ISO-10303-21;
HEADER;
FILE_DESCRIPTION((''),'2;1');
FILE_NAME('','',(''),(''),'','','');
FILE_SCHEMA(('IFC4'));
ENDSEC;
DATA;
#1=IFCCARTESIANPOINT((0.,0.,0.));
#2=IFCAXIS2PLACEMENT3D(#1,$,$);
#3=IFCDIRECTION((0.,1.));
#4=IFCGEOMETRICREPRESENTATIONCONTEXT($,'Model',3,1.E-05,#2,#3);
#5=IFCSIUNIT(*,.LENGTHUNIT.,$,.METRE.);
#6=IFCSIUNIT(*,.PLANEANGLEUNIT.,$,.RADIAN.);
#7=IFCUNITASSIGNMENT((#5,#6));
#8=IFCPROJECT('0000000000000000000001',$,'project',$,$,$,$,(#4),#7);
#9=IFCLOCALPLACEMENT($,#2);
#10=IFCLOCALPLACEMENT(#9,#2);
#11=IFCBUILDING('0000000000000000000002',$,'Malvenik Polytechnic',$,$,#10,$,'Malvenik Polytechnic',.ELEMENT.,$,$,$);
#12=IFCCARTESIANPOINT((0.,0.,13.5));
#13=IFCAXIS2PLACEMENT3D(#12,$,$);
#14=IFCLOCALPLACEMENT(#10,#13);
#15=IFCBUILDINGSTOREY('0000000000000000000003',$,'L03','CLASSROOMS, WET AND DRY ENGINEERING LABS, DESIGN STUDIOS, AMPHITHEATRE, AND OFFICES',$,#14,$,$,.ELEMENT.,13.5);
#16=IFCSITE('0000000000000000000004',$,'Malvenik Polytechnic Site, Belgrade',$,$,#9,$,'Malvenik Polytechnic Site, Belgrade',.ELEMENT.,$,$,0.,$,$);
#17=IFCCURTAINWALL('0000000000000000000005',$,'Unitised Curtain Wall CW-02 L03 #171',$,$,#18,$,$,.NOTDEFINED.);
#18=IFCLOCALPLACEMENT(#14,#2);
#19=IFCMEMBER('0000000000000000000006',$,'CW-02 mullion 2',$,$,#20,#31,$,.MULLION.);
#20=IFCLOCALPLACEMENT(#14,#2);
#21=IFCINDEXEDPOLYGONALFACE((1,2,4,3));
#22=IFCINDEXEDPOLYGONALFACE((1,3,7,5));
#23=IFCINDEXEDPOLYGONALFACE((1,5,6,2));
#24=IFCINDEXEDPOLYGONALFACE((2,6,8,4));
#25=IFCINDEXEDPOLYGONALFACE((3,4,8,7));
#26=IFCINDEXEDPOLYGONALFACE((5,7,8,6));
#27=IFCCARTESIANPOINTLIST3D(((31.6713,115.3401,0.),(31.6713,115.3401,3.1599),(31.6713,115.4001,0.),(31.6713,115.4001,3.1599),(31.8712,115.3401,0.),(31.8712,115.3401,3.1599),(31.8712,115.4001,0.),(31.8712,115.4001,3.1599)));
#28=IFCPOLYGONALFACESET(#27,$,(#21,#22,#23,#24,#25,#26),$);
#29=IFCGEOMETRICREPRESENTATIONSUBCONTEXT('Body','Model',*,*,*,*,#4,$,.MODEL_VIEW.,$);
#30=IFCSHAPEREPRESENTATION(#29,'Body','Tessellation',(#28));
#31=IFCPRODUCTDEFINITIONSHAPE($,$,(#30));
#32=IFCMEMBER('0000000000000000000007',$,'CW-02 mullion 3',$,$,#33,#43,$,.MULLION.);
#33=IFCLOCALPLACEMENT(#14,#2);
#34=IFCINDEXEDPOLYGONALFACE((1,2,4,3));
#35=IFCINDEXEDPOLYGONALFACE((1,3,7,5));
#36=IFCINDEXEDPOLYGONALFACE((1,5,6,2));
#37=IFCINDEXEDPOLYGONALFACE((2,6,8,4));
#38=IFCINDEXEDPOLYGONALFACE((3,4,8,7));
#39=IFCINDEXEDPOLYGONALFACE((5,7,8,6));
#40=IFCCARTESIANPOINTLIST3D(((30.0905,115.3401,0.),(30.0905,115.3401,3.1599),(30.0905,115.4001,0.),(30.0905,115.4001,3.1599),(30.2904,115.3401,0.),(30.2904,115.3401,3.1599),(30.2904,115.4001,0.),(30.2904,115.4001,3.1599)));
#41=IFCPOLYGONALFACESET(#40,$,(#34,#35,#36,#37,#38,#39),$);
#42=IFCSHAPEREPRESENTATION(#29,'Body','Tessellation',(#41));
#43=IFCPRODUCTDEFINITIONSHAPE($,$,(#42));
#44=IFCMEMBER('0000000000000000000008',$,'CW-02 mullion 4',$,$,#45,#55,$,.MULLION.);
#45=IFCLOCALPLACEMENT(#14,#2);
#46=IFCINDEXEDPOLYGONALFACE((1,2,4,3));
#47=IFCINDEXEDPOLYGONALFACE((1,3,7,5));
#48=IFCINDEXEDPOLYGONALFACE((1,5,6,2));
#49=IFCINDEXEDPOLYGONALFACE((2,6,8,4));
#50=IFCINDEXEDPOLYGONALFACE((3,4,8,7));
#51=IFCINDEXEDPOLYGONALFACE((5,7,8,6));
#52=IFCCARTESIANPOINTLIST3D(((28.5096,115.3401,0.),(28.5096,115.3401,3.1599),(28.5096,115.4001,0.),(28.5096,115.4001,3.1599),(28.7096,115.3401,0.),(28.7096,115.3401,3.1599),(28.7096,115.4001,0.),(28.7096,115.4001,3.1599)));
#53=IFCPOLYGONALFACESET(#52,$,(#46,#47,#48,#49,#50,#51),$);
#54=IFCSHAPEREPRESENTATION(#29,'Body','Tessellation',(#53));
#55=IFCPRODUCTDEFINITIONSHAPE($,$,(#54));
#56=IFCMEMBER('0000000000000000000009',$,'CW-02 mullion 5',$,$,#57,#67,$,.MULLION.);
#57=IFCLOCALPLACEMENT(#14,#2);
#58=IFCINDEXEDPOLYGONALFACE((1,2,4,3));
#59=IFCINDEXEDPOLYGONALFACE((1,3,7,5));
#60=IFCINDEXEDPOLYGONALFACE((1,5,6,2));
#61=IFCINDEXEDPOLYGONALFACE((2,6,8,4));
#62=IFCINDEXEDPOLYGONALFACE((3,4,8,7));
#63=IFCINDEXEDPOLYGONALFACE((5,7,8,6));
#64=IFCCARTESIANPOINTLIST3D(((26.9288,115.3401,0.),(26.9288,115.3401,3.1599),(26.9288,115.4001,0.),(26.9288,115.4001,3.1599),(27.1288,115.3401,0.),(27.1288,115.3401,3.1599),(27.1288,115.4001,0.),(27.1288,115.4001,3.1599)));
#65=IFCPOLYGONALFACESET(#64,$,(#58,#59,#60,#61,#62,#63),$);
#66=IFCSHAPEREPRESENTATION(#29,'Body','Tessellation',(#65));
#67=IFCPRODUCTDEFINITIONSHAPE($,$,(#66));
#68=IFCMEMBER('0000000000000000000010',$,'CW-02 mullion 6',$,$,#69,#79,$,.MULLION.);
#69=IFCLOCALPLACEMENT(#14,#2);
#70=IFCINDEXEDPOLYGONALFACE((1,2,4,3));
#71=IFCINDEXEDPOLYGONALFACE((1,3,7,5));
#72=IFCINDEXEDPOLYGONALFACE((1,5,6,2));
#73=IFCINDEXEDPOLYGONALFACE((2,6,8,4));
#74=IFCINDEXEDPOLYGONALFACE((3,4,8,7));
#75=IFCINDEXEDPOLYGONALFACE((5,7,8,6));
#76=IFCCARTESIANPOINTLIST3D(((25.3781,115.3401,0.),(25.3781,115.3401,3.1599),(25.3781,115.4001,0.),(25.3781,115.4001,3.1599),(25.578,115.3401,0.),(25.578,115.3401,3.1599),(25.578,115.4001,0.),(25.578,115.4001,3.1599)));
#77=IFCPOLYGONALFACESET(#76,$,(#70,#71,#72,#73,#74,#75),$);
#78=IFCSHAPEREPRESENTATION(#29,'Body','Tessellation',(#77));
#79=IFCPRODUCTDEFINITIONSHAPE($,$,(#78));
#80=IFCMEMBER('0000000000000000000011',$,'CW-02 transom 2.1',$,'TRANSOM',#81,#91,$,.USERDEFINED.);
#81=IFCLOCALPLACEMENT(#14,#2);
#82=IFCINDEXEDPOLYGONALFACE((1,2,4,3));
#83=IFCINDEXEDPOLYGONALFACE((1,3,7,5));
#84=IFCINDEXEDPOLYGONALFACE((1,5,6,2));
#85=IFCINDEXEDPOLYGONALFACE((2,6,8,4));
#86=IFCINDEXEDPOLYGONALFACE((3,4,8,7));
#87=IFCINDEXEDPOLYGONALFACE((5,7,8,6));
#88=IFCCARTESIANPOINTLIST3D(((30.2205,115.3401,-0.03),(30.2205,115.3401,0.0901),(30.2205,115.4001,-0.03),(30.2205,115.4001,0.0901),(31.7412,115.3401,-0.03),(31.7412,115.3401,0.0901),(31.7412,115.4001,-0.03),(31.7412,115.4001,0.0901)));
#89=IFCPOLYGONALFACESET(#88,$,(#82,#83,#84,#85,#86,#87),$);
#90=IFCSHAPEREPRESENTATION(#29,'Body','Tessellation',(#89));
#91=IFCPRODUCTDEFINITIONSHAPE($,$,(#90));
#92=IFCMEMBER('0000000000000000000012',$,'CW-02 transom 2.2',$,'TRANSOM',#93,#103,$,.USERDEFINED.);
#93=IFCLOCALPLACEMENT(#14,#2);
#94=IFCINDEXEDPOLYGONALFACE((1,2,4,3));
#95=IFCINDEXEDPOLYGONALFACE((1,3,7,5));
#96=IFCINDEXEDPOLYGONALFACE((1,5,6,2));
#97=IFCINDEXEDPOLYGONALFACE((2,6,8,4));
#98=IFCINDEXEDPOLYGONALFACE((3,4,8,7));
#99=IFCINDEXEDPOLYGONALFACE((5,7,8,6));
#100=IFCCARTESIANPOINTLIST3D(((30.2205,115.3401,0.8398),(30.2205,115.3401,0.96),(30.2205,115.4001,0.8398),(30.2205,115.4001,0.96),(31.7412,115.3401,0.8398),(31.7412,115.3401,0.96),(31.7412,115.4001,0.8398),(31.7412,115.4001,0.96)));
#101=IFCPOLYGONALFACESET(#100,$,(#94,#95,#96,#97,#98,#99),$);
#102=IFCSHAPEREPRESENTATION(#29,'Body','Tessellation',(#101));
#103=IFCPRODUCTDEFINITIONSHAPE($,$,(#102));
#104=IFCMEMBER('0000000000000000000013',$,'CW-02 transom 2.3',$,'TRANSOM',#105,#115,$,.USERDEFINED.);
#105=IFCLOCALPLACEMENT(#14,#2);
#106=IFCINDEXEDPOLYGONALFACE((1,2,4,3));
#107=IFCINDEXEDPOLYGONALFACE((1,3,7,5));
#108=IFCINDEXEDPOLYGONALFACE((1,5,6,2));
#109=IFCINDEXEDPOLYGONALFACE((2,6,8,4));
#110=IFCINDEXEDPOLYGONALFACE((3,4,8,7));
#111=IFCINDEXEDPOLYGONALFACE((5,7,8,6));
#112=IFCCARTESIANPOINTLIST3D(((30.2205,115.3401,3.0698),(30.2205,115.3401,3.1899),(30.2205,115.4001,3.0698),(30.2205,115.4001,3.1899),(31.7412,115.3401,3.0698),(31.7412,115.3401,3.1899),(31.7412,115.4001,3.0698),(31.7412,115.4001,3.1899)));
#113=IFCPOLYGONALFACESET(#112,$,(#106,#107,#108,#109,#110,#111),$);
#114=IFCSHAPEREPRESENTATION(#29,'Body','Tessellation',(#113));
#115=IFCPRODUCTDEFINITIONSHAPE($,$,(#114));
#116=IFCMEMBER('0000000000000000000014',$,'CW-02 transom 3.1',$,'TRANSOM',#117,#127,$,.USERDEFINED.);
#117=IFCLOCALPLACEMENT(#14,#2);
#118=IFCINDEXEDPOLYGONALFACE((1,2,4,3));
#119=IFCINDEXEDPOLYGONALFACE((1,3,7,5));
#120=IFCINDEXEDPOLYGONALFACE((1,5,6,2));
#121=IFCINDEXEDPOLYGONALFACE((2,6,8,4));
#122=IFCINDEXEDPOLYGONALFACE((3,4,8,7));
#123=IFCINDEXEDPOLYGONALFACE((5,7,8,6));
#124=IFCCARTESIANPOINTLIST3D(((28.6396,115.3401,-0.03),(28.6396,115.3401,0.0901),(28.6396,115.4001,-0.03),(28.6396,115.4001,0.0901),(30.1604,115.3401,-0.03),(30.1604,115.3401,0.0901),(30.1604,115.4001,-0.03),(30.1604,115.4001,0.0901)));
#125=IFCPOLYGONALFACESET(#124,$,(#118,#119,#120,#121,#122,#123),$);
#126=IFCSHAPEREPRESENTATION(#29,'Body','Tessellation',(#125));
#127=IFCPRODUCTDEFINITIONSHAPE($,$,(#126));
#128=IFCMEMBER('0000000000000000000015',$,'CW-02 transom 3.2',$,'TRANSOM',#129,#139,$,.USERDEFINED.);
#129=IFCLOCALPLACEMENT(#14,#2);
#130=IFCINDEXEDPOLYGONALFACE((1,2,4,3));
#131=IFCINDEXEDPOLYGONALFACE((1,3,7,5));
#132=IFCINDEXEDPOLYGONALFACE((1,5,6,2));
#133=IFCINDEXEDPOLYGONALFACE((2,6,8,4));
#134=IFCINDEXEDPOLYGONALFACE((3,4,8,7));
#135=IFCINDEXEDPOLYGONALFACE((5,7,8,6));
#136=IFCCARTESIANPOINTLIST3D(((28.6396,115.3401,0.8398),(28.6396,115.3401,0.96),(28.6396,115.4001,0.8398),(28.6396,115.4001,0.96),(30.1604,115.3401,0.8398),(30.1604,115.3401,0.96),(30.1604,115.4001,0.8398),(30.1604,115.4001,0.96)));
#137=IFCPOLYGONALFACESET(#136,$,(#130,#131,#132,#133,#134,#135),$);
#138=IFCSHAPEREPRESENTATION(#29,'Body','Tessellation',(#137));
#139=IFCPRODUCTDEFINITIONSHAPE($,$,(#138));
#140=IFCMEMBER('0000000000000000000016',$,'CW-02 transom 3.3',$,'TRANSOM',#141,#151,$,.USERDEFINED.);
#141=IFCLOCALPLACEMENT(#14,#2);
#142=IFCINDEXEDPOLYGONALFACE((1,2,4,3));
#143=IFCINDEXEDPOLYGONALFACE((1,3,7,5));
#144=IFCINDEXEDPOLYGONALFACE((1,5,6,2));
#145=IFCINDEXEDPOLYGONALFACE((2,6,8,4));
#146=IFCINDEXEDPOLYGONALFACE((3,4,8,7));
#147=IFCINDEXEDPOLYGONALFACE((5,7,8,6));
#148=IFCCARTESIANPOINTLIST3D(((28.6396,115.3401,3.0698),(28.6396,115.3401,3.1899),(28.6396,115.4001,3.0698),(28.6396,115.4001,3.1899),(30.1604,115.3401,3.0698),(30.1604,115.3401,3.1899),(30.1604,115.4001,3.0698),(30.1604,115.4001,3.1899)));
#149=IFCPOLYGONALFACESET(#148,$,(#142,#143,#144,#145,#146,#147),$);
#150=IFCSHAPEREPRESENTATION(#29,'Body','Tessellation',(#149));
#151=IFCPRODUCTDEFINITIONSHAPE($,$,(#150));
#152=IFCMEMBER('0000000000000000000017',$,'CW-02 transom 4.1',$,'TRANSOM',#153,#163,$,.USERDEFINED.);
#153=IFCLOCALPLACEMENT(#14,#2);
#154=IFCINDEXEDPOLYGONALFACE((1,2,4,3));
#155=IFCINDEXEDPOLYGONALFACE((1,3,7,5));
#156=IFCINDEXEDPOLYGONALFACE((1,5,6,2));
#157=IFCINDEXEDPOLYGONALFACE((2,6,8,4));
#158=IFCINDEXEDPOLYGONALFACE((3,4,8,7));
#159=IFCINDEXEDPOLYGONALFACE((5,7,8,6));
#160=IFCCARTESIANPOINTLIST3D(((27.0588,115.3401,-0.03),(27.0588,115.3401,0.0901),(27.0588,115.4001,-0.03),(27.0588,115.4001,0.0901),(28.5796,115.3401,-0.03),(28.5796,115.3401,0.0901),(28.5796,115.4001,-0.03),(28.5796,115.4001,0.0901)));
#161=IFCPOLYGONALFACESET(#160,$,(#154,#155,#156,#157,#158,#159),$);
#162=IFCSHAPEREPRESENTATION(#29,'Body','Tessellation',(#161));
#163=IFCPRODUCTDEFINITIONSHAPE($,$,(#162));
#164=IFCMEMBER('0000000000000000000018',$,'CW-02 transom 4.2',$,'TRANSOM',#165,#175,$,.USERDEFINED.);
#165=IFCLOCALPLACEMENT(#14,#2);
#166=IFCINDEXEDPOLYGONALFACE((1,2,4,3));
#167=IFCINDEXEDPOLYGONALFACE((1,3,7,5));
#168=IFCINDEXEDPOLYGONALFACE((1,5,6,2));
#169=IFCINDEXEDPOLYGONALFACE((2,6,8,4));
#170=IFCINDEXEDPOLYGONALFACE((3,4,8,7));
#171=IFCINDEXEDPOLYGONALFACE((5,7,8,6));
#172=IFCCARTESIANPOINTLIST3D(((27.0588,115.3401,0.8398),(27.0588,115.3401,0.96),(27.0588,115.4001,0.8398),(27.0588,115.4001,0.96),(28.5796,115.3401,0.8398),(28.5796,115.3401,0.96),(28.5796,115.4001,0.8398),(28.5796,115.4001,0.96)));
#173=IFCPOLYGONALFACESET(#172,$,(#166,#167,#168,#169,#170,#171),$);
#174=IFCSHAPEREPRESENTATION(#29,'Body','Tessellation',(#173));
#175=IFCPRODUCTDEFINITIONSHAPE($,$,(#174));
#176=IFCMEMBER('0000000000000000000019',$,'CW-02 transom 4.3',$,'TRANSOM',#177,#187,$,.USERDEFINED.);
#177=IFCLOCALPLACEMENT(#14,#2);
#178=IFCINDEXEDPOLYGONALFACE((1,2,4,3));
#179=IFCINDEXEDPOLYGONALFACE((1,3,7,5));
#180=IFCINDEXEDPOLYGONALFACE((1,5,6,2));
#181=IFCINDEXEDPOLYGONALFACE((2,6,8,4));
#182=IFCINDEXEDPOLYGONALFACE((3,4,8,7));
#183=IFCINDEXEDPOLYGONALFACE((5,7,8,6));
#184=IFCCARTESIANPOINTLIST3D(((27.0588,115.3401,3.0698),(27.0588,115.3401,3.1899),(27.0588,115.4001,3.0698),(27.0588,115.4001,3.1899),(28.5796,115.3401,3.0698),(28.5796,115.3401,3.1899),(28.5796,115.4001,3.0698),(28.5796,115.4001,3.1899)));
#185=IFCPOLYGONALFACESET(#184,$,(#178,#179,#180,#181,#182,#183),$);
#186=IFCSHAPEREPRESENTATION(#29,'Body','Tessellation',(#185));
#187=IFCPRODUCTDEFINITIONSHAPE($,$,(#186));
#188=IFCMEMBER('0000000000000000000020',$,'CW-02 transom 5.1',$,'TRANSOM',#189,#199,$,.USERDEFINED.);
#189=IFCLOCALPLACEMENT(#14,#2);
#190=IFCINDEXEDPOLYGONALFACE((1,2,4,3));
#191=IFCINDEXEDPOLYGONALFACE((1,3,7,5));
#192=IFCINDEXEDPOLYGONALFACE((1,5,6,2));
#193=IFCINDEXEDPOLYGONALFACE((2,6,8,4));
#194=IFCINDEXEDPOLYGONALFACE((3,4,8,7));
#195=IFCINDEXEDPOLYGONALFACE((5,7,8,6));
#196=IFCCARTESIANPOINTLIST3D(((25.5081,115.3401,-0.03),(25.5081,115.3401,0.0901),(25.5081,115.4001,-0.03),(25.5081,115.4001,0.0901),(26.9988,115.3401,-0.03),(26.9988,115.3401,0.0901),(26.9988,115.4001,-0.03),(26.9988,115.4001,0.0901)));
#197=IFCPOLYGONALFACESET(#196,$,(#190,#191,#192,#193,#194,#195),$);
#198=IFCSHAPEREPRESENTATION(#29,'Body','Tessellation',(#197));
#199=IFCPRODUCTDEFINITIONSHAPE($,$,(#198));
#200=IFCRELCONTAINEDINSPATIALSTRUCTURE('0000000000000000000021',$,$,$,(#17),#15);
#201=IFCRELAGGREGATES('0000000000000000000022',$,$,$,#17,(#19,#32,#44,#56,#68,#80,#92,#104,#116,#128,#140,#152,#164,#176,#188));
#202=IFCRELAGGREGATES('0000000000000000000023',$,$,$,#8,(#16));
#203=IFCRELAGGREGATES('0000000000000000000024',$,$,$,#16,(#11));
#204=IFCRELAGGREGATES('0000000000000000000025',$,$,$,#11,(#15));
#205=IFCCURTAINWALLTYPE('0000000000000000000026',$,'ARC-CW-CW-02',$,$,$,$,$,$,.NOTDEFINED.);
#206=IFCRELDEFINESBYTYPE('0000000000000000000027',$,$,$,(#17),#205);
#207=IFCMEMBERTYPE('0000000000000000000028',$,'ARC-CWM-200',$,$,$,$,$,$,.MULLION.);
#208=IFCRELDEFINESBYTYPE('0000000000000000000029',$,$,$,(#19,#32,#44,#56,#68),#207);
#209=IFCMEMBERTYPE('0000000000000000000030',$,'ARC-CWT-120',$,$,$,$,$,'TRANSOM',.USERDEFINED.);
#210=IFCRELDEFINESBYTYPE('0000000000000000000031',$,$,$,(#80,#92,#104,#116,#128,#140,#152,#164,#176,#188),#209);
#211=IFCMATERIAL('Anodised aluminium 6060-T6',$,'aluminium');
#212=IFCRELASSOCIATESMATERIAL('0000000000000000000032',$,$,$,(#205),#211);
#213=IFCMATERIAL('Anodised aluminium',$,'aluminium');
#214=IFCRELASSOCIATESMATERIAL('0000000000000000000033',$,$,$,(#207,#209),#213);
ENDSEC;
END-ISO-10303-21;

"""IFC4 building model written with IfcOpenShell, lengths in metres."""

from ifc_helpers import new_model, si_unit, direction, frame, origin, origin_2d, place, context, subcontext, project, spatial, rectangle, extrude, material, material_profile, profile_set, type_object, element, aggregate, save


model = new_model("IFC4")

# Units and contexts
model_context = context("Model", 3, precision=1e-05, world=origin(), true_north=direction((0.0, 1.0)))
body_context = subcontext(model_context, "Body", "Model", "MODEL_VIEW")
ifc_project = project(units=[si_unit("LENGTHUNIT", "METRE"), si_unit("PLANEANGLEUNIT", "RADIAN")], contexts=[model_context])

# Site, building, storey
site_placement = place(None, origin())
site = spatial("IfcSite", under=ifc_project, at=site_placement, Name="Malvenik Polytechnic Site, Belgrade", LongName="Malvenik Polytechnic Site, Belgrade", CompositionType="ELEMENT", RefElevation=0.0)
building_placement = place(site_placement, origin())
building = spatial("IfcBuilding", under=site, at=building_placement, Name="Malvenik Polytechnic", LongName="Malvenik Polytechnic", CompositionType="ELEMENT")
storey_placement = place(building_placement, frame((0.0, 0.0, 13.5)))
storey = spatial("IfcBuildingStorey", under=building, at=storey_placement, Name="L03", Description="CLASSROOMS, WET AND DRY ENGINEERING LABS, DESIGN STUDIOS, AMPHITHEATRE, AND OFFICES", CompositionType="ELEMENT", Elevation=13.5)

# Curtain wall, members
ifc_material_1 = material(Name="Anodised aluminium 6060-T6", Category="aluminium")
curtain_wall_type = type_object("IfcCurtainWallType", Name="ARC-CW-CW-02", PredefinedType="NOTDEFINED", material=ifc_material_1)
curtain_wall_placement = place(storey_placement, origin())
curtain_wall = element("IfcCurtainWall", 1, at=curtain_wall_placement, inside=storey, type_object=curtain_wall_type, Name="Unitised Curtain Wall CW-02 L03 #171", PredefinedType="NOTDEFINED")
ifc_material_2 = material(Name="Anodised aluminium", Category="aluminium")
ifc_material_profile_1 = material_profile(ifc_material_2, rectangle(XDim=0.0601, YDim=0.2, at=origin_2d()), Name="ALU MULLION 60x200")
ifc_profile_set_1 = profile_set([ifc_material_profile_1], Name="Anodised aluminium")
member_type_1 = type_object("IfcMemberType", Name="ARC-CWM-200", PredefinedType="MULLION", material=ifc_profile_set_1)
member_1_placement = place(storey_placement, frame((31.7712, 115.3701, 0.0), z_axis=(0.0, 0.0, 1.0), x_axis=(0.0, -1.0, 0.0)))
member_1 = element("IfcMember", 2, at=member_1_placement, type_object=member_type_1, Name="CW-02 mullion 2", PredefinedType="MULLION", context=body_context, shape_type="SweptSolid", body=[
    extrude(rectangle(XDim=0.0601, YDim=0.2, at=origin_2d()), origin(), (0.0, 0.0, 1.0), 3.1599),
])
member_2_placement = place(storey_placement, frame((30.1904, 115.3701, 0.0), z_axis=(0.0, 0.0, 1.0), x_axis=(0.0, -1.0, 0.0)))
member_2 = element("IfcMember", 3, at=member_2_placement, type_object=member_type_1, Name="CW-02 mullion 3", PredefinedType="MULLION", context=body_context, shape_type="SweptSolid", body=[
    extrude(rectangle(XDim=0.0601, YDim=0.2, at=origin_2d()), origin(), (0.0, 0.0, 1.0), 3.1599),
])
member_3_placement = place(storey_placement, frame((28.6096, 115.3701, 0.0), z_axis=(0.0, 0.0, 1.0), x_axis=(0.0, -1.0, 0.0)))
member_3 = element("IfcMember", 4, at=member_3_placement, type_object=member_type_1, Name="CW-02 mullion 4", PredefinedType="MULLION", context=body_context, shape_type="SweptSolid", body=[
    extrude(rectangle(XDim=0.0601, YDim=0.2, at=origin_2d()), origin(), (0.0, 0.0, 1.0), 3.1599),
])
member_4_placement = place(storey_placement, frame((27.0288, 115.3701, 0.0), z_axis=(0.0, 0.0, 1.0), x_axis=(0.0, -1.0, 0.0)))
member_4 = element("IfcMember", 5, at=member_4_placement, type_object=member_type_1, Name="CW-02 mullion 5", PredefinedType="MULLION", context=body_context, shape_type="SweptSolid", body=[
    extrude(rectangle(XDim=0.0601, YDim=0.2, at=origin_2d()), origin(), (0.0, 0.0, 1.0), 3.1599),
])
member_5_placement = place(storey_placement, frame((25.478, 115.3701, 0.0), z_axis=(0.0, 0.0, 1.0), x_axis=(0.0, -1.0, 0.0)))
member_5 = element("IfcMember", 6, at=member_5_placement, type_object=member_type_1, Name="CW-02 mullion 6", PredefinedType="MULLION", context=body_context, shape_type="SweptSolid", body=[
    extrude(rectangle(XDim=0.0601, YDim=0.2, at=origin_2d()), origin(), (0.0, 0.0, 1.0), 3.1599),
])
ifc_material_profile_2 = material_profile(ifc_material_2, rectangle(XDim=0.0601, YDim=0.1201, at=origin_2d()), Name="ALU TRANSOM 60x120")
ifc_profile_set_2 = profile_set([ifc_material_profile_2], Name="Anodised aluminium")
member_type_2 = type_object("IfcMemberType", Name="ARC-CWT-120", ElementType="TRANSOM", PredefinedType="USERDEFINED", material=ifc_profile_set_2)
member_6_placement = place(storey_placement, frame((31.7412, 115.3701, 0.03), z_axis=(-1.0, 0.0, 0.0), x_axis=(0.0, -1.0, 0.0)))
member_6 = element("IfcMember", 7, at=member_6_placement, type_object=member_type_2, Name="CW-02 transom 2.1", ObjectType="TRANSOM", PredefinedType="USERDEFINED", context=body_context, shape_type="SweptSolid", body=[
    extrude(rectangle(XDim=0.0601, YDim=0.1201, at=origin_2d()), origin(), (0.0, 0.0, 1.0), 1.5208),
])
member_7_placement = place(storey_placement, frame((31.7412, 115.3701, 0.8999), z_axis=(-1.0, 0.0, 0.0), x_axis=(0.0, -1.0, 0.0)))
member_7 = element("IfcMember", 8, at=member_7_placement, type_object=member_type_2, Name="CW-02 transom 2.2", ObjectType="TRANSOM", PredefinedType="USERDEFINED", context=body_context, shape_type="SweptSolid", body=[
    extrude(rectangle(XDim=0.0601, YDim=0.1201, at=origin_2d()), origin(), (0.0, 0.0, 1.0), 1.5208),
])
member_8_placement = place(storey_placement, frame((31.7412, 115.3701, 3.1299), z_axis=(-1.0, 0.0, 0.0), x_axis=(0.0, -1.0, 0.0)))
member_8 = element("IfcMember", 9, at=member_8_placement, type_object=member_type_2, Name="CW-02 transom 2.3", ObjectType="TRANSOM", PredefinedType="USERDEFINED", context=body_context, shape_type="SweptSolid", body=[
    extrude(rectangle(XDim=0.0601, YDim=0.1201, at=origin_2d()), origin(), (0.0, 0.0, 1.0), 1.5208),
])
member_9_placement = place(storey_placement, frame((30.1604, 115.3701, 0.03), z_axis=(-1.0, 0.0, 0.0), x_axis=(0.0, -1.0, 0.0)))
member_9 = element("IfcMember", 10, at=member_9_placement, type_object=member_type_2, Name="CW-02 transom 3.1", ObjectType="TRANSOM", PredefinedType="USERDEFINED", context=body_context, shape_type="SweptSolid", body=[
    extrude(rectangle(XDim=0.0601, YDim=0.1201, at=origin_2d()), origin(), (0.0, 0.0, 1.0), 1.5208),
])
member_10_placement = place(storey_placement, frame((30.1604, 115.3701, 0.8999), z_axis=(-1.0, 0.0, 0.0), x_axis=(0.0, -1.0, 0.0)))
member_10 = element("IfcMember", 11, at=member_10_placement, type_object=member_type_2, Name="CW-02 transom 3.2", ObjectType="TRANSOM", PredefinedType="USERDEFINED", context=body_context, shape_type="SweptSolid", body=[
    extrude(rectangle(XDim=0.0601, YDim=0.1201, at=origin_2d()), origin(), (0.0, 0.0, 1.0), 1.5208),
])
member_11_placement = place(storey_placement, frame((30.1604, 115.3701, 3.1299), z_axis=(-1.0, 0.0, 0.0), x_axis=(0.0, -1.0, 0.0)))
member_11 = element("IfcMember", 12, at=member_11_placement, type_object=member_type_2, Name="CW-02 transom 3.3", ObjectType="TRANSOM", PredefinedType="USERDEFINED", context=body_context, shape_type="SweptSolid", body=[
    extrude(rectangle(XDim=0.0601, YDim=0.1201, at=origin_2d()), origin(), (0.0, 0.0, 1.0), 1.5208),
])
member_12_placement = place(storey_placement, frame((28.5796, 115.3701, 0.03), z_axis=(-1.0, 0.0, 0.0), x_axis=(0.0, -1.0, 0.0)))
member_12 = element("IfcMember", 13, at=member_12_placement, type_object=member_type_2, Name="CW-02 transom 4.1", ObjectType="TRANSOM", PredefinedType="USERDEFINED", context=body_context, shape_type="SweptSolid", body=[
    extrude(rectangle(XDim=0.0601, YDim=0.1201, at=origin_2d()), origin(), (0.0, 0.0, 1.0), 1.5208),
])
member_13_placement = place(storey_placement, frame((28.5796, 115.3701, 0.8999), z_axis=(-1.0, 0.0, 0.0), x_axis=(0.0, -1.0, 0.0)))
member_13 = element("IfcMember", 14, at=member_13_placement, type_object=member_type_2, Name="CW-02 transom 4.2", ObjectType="TRANSOM", PredefinedType="USERDEFINED", context=body_context, shape_type="SweptSolid", body=[
    extrude(rectangle(XDim=0.0601, YDim=0.1201, at=origin_2d()), origin(), (0.0, 0.0, 1.0), 1.5208),
])
member_14_placement = place(storey_placement, frame((28.5796, 115.3701, 3.1299), z_axis=(-1.0, 0.0, 0.0), x_axis=(0.0, -1.0, 0.0)))
member_14 = element("IfcMember", 15, at=member_14_placement, type_object=member_type_2, Name="CW-02 transom 4.3", ObjectType="TRANSOM", PredefinedType="USERDEFINED", context=body_context, shape_type="SweptSolid", body=[
    extrude(rectangle(XDim=0.0601, YDim=0.1201, at=origin_2d()), origin(), (0.0, 0.0, 1.0), 1.5208),
])
member_15_placement = place(storey_placement, frame((26.9988, 115.3701, 0.03), z_axis=(-1.0, 0.0, 0.0), x_axis=(0.0, -1.0, 0.0)))
member_15 = element("IfcMember", 16, at=member_15_placement, type_object=member_type_2, Name="CW-02 transom 5.1", ObjectType="TRANSOM", PredefinedType="USERDEFINED", context=body_context, shape_type="SweptSolid", body=[
    extrude(rectangle(XDim=0.0601, YDim=0.1201, at=origin_2d()), origin(), (0.0, 0.0, 1.0), 1.4907),
])
aggregate(curtain_wall, [member_1, member_2, member_3, member_4, member_5, member_6, member_7, member_8, member_9, member_10, member_11, member_12, member_13, member_14, member_15])

save(model, "model.ifc")
